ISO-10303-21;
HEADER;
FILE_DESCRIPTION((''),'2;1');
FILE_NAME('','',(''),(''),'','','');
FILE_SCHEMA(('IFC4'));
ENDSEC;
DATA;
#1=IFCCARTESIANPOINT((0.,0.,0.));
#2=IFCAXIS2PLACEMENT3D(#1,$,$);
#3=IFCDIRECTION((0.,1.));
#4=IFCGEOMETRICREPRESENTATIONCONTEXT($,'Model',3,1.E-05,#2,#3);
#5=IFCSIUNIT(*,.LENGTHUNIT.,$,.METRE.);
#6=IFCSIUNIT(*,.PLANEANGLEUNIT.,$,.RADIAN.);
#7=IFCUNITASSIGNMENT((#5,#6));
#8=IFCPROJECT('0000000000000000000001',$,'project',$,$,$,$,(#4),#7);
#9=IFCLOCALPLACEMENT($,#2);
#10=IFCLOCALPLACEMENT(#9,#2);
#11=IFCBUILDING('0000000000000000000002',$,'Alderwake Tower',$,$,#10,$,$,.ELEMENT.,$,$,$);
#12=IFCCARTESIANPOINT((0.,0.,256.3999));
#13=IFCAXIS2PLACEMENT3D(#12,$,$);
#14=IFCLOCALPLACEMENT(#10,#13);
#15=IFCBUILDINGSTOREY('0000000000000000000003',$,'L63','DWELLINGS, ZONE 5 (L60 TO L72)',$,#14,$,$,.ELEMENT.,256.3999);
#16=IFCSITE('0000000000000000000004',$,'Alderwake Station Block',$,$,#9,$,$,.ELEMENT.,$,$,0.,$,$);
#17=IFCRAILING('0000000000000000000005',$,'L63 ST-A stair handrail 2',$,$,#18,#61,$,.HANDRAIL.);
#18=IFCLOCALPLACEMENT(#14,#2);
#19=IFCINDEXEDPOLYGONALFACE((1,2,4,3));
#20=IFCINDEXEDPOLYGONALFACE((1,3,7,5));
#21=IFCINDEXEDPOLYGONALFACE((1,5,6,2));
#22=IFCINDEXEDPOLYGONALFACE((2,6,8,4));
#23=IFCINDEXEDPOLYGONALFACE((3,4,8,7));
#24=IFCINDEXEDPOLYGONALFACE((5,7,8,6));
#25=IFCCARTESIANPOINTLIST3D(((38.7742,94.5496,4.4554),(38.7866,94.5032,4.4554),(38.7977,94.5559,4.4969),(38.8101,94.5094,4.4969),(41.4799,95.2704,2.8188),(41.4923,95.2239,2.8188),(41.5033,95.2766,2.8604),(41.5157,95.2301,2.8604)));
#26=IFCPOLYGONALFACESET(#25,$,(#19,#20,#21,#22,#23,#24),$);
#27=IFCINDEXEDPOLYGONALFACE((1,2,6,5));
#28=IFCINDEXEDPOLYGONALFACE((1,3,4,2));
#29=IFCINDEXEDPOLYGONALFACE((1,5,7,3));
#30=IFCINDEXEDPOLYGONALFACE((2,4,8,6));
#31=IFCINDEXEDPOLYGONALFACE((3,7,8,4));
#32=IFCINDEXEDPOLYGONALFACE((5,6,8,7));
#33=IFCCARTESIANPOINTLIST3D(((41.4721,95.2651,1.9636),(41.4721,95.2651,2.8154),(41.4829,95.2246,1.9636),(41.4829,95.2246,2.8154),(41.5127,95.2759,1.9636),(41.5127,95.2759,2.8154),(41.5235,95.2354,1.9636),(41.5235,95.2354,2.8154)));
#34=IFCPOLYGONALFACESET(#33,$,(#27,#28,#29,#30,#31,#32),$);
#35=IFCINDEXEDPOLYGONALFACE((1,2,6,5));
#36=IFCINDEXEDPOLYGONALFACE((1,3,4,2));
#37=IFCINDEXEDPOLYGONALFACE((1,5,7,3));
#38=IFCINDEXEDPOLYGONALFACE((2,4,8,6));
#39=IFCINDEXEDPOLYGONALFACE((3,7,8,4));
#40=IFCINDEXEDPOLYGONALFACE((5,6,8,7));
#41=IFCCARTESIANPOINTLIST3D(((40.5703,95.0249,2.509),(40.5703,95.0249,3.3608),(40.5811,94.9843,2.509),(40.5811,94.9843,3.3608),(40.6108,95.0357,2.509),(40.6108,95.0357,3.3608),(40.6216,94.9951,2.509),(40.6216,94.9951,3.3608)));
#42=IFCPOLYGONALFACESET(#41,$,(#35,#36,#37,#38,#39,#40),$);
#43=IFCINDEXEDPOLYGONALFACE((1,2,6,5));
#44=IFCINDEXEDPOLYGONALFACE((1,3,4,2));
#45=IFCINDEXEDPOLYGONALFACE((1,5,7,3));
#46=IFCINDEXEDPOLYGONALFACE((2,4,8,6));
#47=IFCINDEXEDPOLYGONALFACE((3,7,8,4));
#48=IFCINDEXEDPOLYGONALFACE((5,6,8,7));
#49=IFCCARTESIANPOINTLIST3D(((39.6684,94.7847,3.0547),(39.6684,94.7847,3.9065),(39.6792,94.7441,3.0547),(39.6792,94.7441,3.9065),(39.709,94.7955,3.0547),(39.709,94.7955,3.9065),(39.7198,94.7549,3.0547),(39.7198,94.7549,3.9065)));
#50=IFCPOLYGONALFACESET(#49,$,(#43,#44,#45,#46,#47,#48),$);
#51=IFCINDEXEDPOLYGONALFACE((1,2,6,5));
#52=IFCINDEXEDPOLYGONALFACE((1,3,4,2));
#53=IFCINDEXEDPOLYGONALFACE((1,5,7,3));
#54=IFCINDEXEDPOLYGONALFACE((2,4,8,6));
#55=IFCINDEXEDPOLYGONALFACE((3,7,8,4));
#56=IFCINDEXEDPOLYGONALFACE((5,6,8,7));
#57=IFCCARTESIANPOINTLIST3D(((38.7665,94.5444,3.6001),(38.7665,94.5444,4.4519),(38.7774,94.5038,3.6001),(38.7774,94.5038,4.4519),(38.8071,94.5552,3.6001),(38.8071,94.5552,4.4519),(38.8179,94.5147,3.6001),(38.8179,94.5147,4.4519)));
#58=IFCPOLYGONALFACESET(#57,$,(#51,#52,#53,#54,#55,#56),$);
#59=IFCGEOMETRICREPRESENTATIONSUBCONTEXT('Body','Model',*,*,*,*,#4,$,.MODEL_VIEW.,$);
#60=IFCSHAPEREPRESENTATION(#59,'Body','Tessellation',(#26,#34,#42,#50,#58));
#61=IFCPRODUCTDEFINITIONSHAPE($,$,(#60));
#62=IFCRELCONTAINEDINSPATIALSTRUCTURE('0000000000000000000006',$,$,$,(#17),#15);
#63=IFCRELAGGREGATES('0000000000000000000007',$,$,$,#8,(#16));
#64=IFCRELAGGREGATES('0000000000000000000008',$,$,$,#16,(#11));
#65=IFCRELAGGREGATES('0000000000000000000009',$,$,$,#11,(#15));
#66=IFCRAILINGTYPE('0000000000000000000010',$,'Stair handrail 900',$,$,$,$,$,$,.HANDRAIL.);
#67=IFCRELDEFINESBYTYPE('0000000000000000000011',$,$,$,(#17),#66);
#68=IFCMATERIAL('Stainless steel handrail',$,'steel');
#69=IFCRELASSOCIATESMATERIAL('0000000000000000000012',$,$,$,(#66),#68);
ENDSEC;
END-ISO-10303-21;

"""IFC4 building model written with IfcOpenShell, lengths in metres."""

from ifc_helpers import new_model, si_unit, direction, frame, origin, origin_2d, place, context, subcontext, project, spatial, rectangle, extrude, material, type_object, element, save


model = new_model("IFC4")

# Units and contexts
model_context = context("Model", 3, precision=1e-05, world=origin(), true_north=direction((0.0, 1.0)))
body_context = subcontext(model_context, "Body", "Model", "MODEL_VIEW")
ifc_project = project(units=[si_unit("LENGTHUNIT", "METRE"), si_unit("PLANEANGLEUNIT", "RADIAN")], contexts=[model_context])

# Site, building, storey
site_placement = place(None, origin())
site = spatial("IfcSite", under=ifc_project, at=site_placement, Name="Alderwake Station Block", CompositionType="ELEMENT", RefElevation=0.0)
building_placement = place(site_placement, origin())
building = spatial("IfcBuilding", under=site, at=building_placement, Name="Alderwake Tower", CompositionType="ELEMENT")
storey_placement = place(building_placement, frame((0.0, 0.0, 256.3999)))
storey = spatial("IfcBuildingStorey", under=building, at=storey_placement, Name="L63", Description="DWELLINGS, ZONE 5 (L60 TO L72)", CompositionType="ELEMENT", Elevation=256.3999)

# Railing
ifc_material_1 = material(Name="Stainless steel handrail", Category="steel")
railing_type_1 = type_object("IfcRailingType", Name="Stair handrail 900", PredefinedType="HANDRAIL", material=ifc_material_1)
railing_1_placement = place(storey_placement, frame((41.4978, 95.2502, 1.9636)))
element("IfcRailing", 1, at=railing_1_placement, inside=storey, type_object=railing_type_1, Name="L63 ST-A stair handrail 2", PredefinedType="HANDRAIL", context=body_context, shape_type="SweptSolid", body=[
    extrude(rectangle(XDim=0.0481, YDim=0.0481, at=origin_2d()), frame((0.0, 0.0, 0.876), z_axis=(-0.834259, -0.222228, 0.504605), x_axis=(0.257402, -0.966304, 0.0)), (0.0, 0.0, 1.0), 3.2432),
    extrude(rectangle(XDim=0.042, YDim=0.042, at=origin_2d()), frame((0.0, 0.0, 0.0), z_axis=(0.0, 0.0, 1.0), x_axis=(-0.966304, -0.257402, 0.0)), (0.0, 0.0, 1.0), 0.8518),
    extrude(rectangle(XDim=0.042, YDim=0.042, at=origin_2d()), frame((-0.9019, -0.2402, 0.5454), z_axis=(0.0, 0.0, 1.0), x_axis=(-0.966304, -0.257402, 0.0)), (0.0, 0.0, 1.0), 0.8518),
    extrude(rectangle(XDim=0.042, YDim=0.042, at=origin_2d()), frame((-1.8037, -0.4805, 1.0911), z_axis=(0.0, 0.0, 1.0), x_axis=(-0.966304, -0.257402, 0.0)), (0.0, 0.0, 1.0), 0.8518),
    extrude(rectangle(XDim=0.042, YDim=0.042, at=origin_2d()), frame((-2.7056, -0.7207, 1.6365), z_axis=(0.0, 0.0, 1.0), x_axis=(-0.966304, -0.257402, 0.0)), (0.0, 0.0, 1.0), 0.8518),
])

save(model, "model.ifc")
